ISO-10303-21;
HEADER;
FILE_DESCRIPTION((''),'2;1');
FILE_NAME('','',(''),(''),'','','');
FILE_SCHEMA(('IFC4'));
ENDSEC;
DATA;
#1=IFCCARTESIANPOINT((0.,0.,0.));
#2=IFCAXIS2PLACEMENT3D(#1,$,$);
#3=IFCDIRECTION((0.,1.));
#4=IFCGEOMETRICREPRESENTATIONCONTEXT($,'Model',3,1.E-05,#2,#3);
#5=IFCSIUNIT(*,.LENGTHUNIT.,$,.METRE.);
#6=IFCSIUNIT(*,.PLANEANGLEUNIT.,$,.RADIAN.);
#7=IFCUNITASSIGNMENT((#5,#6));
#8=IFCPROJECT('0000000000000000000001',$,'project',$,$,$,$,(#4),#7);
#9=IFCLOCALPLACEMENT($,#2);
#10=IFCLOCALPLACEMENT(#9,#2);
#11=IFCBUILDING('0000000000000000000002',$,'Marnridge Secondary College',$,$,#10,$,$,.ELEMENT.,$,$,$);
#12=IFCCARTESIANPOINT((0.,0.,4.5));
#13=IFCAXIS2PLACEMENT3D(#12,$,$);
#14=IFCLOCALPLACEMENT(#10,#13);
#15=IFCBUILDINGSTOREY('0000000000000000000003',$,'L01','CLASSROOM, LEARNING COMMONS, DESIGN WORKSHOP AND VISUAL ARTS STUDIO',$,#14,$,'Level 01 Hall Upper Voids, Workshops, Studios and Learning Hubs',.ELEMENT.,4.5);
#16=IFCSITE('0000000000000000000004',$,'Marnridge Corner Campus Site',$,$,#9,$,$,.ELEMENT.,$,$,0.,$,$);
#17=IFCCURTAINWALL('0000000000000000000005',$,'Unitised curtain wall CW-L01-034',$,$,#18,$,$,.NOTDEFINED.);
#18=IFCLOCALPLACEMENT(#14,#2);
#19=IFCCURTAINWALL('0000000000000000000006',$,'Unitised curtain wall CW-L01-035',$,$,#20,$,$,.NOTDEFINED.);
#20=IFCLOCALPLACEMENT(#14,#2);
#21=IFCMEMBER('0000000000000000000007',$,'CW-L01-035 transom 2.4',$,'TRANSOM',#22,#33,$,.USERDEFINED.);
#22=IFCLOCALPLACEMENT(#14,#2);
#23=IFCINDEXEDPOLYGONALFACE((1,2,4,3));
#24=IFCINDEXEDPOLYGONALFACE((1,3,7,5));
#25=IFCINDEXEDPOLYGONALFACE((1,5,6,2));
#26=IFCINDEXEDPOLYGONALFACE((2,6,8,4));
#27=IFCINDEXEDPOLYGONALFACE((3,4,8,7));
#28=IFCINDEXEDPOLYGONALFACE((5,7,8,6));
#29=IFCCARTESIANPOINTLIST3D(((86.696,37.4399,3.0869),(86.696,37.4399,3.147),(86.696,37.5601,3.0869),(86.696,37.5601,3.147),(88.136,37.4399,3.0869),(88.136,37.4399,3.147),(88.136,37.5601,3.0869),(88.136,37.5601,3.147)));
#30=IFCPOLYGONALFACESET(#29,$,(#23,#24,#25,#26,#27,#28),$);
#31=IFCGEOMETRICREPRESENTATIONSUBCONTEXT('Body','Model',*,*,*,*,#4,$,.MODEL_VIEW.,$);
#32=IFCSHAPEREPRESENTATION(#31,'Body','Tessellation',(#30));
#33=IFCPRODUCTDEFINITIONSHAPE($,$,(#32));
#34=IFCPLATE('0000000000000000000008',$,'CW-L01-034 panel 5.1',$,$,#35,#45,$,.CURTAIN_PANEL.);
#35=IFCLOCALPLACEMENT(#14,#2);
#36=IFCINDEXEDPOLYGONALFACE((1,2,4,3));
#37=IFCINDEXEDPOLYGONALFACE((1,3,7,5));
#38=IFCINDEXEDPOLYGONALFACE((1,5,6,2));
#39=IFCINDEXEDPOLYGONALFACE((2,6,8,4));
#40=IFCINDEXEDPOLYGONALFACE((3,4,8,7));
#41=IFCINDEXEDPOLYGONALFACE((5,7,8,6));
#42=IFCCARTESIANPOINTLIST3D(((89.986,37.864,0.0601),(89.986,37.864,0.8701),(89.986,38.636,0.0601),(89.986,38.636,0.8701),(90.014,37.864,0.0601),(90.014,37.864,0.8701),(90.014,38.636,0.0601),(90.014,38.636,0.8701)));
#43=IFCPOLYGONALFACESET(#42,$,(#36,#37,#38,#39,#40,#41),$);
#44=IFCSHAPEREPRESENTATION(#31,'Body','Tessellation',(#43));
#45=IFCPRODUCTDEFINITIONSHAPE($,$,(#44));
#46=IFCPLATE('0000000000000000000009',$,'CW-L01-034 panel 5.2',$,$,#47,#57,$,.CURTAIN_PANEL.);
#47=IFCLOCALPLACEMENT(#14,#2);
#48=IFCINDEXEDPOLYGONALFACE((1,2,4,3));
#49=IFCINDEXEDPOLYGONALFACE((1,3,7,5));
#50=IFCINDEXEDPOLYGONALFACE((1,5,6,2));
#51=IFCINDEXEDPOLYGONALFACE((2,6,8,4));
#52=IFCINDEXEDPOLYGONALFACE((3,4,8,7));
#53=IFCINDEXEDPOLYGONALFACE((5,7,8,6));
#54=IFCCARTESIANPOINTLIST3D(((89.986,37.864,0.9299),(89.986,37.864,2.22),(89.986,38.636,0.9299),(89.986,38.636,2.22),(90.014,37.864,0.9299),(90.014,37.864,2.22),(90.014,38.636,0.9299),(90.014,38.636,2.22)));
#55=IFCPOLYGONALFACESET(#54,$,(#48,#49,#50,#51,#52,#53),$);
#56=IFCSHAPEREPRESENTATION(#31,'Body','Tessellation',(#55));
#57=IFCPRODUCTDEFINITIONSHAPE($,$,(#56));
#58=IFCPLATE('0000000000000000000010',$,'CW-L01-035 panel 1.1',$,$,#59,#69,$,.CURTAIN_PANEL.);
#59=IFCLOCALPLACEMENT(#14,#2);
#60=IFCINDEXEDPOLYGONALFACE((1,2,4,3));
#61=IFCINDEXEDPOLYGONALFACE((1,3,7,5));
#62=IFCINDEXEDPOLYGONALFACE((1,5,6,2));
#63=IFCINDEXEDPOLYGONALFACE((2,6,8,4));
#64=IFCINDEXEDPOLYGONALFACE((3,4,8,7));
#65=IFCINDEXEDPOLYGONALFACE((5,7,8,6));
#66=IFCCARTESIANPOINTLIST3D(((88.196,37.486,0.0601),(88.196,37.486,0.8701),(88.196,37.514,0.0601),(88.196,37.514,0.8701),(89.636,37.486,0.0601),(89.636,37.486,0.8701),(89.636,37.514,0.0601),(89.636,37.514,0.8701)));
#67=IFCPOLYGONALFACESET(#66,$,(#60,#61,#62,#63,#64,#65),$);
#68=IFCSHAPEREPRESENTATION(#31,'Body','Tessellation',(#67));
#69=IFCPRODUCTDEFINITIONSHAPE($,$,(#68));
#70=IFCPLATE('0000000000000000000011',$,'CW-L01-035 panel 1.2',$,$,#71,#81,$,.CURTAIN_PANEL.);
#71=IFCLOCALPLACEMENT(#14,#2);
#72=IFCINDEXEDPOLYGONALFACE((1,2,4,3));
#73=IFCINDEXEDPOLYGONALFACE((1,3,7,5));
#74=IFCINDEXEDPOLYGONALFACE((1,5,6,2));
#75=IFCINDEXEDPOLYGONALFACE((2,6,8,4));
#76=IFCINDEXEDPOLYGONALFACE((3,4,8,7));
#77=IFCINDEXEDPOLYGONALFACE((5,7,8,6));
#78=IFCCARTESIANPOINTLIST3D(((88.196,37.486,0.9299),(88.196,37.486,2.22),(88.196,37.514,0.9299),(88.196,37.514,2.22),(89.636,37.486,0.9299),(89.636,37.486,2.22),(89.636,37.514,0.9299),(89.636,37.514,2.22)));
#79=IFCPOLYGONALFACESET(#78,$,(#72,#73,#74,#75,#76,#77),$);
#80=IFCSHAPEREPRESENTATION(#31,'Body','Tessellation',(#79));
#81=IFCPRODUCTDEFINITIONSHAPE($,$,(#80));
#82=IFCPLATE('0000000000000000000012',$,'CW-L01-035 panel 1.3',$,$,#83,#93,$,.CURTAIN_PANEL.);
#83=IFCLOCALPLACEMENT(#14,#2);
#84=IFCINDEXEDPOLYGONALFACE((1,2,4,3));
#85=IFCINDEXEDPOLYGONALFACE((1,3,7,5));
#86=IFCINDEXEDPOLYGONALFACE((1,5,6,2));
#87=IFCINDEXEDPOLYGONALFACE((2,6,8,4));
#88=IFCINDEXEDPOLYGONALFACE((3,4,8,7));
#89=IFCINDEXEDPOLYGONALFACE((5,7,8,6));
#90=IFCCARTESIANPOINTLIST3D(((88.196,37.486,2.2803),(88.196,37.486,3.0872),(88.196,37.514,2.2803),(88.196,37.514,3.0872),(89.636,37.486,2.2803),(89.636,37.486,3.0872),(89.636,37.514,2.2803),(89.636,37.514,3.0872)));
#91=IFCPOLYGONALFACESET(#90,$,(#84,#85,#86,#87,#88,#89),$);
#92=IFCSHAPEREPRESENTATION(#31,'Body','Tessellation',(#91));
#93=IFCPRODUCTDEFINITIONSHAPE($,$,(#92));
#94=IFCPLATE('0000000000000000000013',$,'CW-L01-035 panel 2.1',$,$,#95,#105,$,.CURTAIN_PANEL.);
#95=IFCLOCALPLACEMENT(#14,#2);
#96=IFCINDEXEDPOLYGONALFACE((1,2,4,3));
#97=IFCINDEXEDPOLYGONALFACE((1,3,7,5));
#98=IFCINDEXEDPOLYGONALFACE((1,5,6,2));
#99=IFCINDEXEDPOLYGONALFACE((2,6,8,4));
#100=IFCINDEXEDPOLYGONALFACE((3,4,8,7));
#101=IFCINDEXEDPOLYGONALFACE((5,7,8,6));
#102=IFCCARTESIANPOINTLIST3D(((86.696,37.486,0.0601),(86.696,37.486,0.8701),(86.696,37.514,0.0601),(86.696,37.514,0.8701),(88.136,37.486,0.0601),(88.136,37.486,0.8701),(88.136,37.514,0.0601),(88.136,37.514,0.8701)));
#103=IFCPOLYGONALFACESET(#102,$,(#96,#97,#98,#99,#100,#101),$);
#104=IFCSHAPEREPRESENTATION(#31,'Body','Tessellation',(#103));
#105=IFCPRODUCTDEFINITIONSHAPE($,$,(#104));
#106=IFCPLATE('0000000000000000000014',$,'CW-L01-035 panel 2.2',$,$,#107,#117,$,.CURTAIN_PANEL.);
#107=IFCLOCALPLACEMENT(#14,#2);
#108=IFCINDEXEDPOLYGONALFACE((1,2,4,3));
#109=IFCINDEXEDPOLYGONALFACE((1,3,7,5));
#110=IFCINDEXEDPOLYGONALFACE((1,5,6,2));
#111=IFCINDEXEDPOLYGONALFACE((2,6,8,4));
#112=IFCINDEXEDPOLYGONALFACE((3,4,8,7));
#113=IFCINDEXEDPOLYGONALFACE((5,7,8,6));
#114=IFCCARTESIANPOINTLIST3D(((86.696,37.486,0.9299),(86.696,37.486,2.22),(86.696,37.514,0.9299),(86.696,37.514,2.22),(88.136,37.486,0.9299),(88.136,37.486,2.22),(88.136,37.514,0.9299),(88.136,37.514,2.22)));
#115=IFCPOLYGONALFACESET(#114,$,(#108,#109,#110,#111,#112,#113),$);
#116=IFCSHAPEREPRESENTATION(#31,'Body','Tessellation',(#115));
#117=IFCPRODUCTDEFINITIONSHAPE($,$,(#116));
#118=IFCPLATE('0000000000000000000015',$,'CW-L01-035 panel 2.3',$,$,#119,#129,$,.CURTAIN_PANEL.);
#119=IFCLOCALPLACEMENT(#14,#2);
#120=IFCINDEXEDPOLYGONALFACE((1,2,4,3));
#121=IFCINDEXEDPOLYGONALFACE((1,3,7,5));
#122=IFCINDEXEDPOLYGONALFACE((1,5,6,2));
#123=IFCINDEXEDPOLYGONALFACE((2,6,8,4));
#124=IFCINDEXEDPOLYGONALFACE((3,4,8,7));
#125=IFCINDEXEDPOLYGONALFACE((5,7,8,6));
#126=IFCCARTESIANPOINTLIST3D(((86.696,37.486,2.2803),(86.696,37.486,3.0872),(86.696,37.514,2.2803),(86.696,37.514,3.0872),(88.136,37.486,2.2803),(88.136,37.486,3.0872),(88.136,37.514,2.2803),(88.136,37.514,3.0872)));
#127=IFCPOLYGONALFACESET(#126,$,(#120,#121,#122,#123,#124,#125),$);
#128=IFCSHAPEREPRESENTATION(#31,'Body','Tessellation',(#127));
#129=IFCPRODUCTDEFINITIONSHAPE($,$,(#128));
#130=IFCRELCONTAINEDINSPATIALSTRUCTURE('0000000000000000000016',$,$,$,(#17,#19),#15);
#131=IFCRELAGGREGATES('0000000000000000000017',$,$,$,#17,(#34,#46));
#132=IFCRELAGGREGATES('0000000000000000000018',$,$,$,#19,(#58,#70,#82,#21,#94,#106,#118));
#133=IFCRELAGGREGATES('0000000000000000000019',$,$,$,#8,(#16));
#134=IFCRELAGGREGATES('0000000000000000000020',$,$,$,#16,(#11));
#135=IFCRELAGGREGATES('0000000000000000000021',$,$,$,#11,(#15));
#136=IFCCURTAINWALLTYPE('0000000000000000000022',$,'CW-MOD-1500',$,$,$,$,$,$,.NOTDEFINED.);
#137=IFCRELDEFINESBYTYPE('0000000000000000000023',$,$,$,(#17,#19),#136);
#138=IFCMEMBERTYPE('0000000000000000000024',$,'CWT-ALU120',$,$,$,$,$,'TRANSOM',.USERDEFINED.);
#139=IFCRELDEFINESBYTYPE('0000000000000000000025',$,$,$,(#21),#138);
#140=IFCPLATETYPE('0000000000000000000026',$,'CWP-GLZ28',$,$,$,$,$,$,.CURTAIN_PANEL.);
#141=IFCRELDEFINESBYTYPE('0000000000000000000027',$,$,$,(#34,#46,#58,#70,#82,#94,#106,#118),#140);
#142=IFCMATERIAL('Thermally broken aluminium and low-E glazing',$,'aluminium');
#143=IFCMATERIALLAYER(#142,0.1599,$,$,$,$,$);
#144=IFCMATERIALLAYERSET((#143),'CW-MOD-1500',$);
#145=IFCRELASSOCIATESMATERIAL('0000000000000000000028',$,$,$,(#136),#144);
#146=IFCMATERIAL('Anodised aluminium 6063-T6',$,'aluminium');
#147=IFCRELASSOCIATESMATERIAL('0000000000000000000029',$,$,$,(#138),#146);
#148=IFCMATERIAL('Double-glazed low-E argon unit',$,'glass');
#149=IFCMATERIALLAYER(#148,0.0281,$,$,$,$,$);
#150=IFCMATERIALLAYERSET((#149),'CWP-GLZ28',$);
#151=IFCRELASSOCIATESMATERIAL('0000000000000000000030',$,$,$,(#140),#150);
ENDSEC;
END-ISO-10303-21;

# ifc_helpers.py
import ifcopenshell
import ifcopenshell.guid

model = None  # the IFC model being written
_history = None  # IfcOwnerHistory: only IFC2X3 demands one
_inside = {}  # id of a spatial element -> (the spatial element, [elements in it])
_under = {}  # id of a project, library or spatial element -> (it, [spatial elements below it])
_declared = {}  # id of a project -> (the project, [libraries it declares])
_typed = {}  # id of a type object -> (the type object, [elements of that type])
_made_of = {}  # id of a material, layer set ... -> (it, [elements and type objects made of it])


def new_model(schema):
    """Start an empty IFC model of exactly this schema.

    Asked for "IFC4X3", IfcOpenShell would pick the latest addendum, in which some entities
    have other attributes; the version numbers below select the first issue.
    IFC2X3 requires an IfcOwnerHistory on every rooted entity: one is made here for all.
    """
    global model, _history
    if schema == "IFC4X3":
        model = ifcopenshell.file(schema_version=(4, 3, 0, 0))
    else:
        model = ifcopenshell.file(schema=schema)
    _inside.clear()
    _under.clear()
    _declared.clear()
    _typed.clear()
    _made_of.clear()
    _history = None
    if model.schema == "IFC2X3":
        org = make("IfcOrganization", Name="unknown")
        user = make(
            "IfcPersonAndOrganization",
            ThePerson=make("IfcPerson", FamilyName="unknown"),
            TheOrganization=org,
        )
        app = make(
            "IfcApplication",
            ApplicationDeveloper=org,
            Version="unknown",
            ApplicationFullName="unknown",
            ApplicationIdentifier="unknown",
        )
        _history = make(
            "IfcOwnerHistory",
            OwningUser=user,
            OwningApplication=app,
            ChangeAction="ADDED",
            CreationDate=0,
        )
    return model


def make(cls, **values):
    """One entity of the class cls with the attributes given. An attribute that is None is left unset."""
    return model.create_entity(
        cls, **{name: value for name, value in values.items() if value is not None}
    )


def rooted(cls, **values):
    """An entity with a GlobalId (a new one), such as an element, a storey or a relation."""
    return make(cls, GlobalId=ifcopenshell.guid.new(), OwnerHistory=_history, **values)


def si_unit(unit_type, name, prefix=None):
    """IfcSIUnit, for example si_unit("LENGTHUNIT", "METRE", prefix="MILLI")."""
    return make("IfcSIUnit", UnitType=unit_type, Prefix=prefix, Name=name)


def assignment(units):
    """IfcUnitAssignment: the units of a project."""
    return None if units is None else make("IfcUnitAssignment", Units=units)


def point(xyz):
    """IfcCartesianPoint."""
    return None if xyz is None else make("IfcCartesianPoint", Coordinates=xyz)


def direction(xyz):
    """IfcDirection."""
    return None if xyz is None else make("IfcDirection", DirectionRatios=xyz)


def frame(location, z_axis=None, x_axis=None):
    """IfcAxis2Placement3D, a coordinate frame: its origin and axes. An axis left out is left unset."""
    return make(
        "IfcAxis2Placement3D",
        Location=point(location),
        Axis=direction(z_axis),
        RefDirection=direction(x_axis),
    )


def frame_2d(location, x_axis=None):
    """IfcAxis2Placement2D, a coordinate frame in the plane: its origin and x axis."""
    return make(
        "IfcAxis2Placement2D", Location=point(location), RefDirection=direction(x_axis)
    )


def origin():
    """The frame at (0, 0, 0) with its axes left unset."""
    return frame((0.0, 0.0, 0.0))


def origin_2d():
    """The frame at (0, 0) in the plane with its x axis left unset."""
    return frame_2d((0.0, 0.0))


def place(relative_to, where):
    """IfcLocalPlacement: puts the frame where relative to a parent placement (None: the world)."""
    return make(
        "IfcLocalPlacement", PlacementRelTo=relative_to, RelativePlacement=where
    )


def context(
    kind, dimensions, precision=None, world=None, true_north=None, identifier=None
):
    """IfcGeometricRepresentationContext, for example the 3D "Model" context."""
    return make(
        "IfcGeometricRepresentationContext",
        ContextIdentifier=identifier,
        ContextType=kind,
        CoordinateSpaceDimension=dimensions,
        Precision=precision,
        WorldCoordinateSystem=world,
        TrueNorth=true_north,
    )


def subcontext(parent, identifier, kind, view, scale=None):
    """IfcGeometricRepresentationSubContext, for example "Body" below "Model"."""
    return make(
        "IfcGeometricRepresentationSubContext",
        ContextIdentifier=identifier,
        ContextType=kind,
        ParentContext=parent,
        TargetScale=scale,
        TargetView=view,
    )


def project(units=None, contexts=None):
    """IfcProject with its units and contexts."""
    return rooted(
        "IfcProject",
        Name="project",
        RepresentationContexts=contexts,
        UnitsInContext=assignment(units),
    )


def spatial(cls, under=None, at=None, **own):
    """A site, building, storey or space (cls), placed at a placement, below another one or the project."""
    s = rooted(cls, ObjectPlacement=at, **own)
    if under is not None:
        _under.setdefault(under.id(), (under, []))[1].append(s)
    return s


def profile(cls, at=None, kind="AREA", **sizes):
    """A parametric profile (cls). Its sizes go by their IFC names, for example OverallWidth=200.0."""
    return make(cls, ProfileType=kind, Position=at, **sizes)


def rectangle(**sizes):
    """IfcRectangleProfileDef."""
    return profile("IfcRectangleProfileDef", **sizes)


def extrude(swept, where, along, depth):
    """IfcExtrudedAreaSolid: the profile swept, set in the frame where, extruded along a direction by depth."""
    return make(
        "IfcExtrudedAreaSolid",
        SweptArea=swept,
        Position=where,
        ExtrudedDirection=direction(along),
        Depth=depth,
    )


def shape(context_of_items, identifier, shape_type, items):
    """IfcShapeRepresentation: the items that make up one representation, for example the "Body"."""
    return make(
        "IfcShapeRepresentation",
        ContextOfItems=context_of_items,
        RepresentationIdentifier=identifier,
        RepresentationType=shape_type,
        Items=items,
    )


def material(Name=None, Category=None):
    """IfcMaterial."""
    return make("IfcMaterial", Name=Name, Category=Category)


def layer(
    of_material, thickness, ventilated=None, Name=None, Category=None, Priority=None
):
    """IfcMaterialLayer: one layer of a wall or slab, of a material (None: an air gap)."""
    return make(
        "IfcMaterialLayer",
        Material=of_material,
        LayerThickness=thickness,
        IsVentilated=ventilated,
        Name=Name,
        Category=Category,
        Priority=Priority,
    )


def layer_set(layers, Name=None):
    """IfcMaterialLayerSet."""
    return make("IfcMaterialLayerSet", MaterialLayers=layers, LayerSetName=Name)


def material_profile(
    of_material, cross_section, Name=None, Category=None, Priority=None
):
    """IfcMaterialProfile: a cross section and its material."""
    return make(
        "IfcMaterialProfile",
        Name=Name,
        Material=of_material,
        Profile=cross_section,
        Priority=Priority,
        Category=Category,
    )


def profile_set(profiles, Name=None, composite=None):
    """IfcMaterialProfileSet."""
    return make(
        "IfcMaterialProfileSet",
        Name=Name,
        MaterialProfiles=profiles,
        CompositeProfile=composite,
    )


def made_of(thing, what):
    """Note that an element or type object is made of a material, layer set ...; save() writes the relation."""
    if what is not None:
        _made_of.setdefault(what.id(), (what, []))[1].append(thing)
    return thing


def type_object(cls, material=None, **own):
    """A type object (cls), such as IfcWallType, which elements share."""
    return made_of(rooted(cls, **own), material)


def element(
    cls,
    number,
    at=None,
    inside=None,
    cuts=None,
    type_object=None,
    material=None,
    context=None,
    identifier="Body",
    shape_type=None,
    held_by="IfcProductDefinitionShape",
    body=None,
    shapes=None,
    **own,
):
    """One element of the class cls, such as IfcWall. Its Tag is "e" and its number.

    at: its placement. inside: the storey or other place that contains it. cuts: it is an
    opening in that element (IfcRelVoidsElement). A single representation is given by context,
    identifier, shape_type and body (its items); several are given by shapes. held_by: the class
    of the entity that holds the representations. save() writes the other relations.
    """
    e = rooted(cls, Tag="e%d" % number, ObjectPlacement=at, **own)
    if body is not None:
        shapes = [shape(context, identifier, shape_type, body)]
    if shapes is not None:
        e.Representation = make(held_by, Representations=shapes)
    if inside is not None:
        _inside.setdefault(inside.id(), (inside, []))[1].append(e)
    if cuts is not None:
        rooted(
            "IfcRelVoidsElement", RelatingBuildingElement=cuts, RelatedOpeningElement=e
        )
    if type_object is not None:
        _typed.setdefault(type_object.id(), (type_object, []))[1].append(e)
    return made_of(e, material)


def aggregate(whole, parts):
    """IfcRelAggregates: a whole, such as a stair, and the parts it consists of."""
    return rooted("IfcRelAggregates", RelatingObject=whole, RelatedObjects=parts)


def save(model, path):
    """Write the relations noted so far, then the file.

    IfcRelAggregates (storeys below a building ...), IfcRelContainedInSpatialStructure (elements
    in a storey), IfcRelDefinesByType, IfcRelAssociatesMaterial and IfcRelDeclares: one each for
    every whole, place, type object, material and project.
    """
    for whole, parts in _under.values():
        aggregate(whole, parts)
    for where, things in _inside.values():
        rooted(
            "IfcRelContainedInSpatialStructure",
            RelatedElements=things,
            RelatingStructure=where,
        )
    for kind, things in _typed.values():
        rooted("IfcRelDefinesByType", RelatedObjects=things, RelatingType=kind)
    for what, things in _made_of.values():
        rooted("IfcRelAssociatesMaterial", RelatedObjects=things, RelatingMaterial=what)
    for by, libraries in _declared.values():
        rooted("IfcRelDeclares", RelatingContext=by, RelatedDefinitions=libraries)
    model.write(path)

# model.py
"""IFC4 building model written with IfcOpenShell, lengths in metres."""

from ifc_helpers import new_model, si_unit, direction, frame, origin, origin_2d, place, context, subcontext, project, spatial, rectangle, extrude, material, layer, layer_set, material_profile, profile_set, type_object, element, aggregate, save


model = new_model("IFC4")

# Units and contexts
model_context = context("Model", 3, precision=1e-05, world=origin(), true_north=direction((0.0, 1.0)))
body_context = subcontext(model_context, "Body", "Model", "MODEL_VIEW")
ifc_project = project(units=[si_unit("LENGTHUNIT", "METRE"), si_unit("PLANEANGLEUNIT", "RADIAN")], contexts=[model_context])

# Site, building, storey
site_placement = place(None, origin())
site = spatial("IfcSite", under=ifc_project, at=site_placement, Name="Marnridge Corner Campus Site", CompositionType="ELEMENT", RefElevation=0.0)
building_placement = place(site_placement, origin())
building = spatial("IfcBuilding", under=site, at=building_placement, Name="Marnridge Secondary College", CompositionType="ELEMENT")
storey_placement = place(building_placement, frame((0.0, 0.0, 4.5)))
storey = spatial("IfcBuildingStorey", under=building, at=storey_placement, Name="L01", Description="CLASSROOM, LEARNING COMMONS, DESIGN WORKSHOP AND VISUAL ARTS STUDIO", LongName="Level 01 Hall Upper Voids, Workshops, Studios and Learning Hubs", CompositionType="ELEMENT", Elevation=4.5)

# Curtain wall
ifc_material_1 = material(Name="Thermally broken aluminium and low-E glazing", Category="aluminium")
ifc_layer_1 = layer(ifc_material_1, 0.1599)
ifc_layer_set_1 = layer_set([ifc_layer_1], Name="CW-MOD-1500")
curtain_wall_type = type_object("IfcCurtainWallType", Name="CW-MOD-1500", PredefinedType="NOTDEFINED", material=ifc_layer_set_1)
curtain_wall_1_placement = place(storey_placement, origin())
curtain_wall_1 = element("IfcCurtainWall", 1, at=curtain_wall_1_placement, inside=storey, type_object=curtain_wall_type, Name="Unitised curtain wall CW-L01-034", PredefinedType="NOTDEFINED")

# Curtain wall, member
curtain_wall_2_placement = place(storey_placement, origin())
curtain_wall_2 = element("IfcCurtainWall", 2, at=curtain_wall_2_placement, inside=storey, type_object=curtain_wall_type, Name="Unitised curtain wall CW-L01-035", PredefinedType="NOTDEFINED")
ifc_material_2 = material(Name="Anodised aluminium 6063-T6", Category="aluminium")
ifc_material_profile_1 = material_profile(ifc_material_2, rectangle(XDim=0.0601, YDim=0.1201, at=origin_2d()), Name="ALU 60x120")
ifc_profile_set_1 = profile_set([ifc_material_profile_1], Name="Anodised aluminium 6063-T6")
member_type_1 = type_object("IfcMemberType", Name="CWT-ALU120", ElementType="TRANSOM", PredefinedType="USERDEFINED", material=ifc_profile_set_1)
member_1_placement = place(storey_placement, frame((88.136, 37.5, 3.1169), z_axis=(-1.0, 0.0, 0.0), x_axis=(0.0, 0.0, 1.0)))
member_1 = element("IfcMember", 3, at=member_1_placement, type_object=member_type_1, Name="CW-L01-035 transom 2.4", ObjectType="TRANSOM", PredefinedType="USERDEFINED", context=body_context, shape_type="SweptSolid", body=[
    extrude(rectangle(XDim=0.0601, YDim=0.1201, at=origin_2d()), origin(), (0.0, 0.0, 1.0), 1.4399),
])

# Plates
ifc_material_3 = material(Name="Double-glazed low-E argon unit", Category="glass")
ifc_layer_2 = layer(ifc_material_3, 0.0281)
ifc_layer_set_2 = layer_set([ifc_layer_2], Name="CWP-GLZ28")
plate_type = type_object("IfcPlateType", Name="CWP-GLZ28", PredefinedType="CURTAIN_PANEL", material=ifc_layer_set_2)
plate_1_placement = place(storey_placement, frame((90.0, 38.25, 0.0601), z_axis=(0.0, 0.0, 1.0), x_axis=(0.0, -1.0, 0.0)))
plate_1 = element("IfcPlate", 4, at=plate_1_placement, type_object=plate_type, Name="CW-L01-034 panel 5.1", PredefinedType="CURTAIN_PANEL", context=body_context, shape_type="SweptSolid", body=[
    extrude(rectangle(XDim=0.772, YDim=0.0281, at=origin_2d()), origin(), (0.0, 0.0, 1.0), 0.8101),
])
plate_2_placement = place(storey_placement, frame((90.0, 38.25, 0.9299), z_axis=(0.0, 0.0, 1.0), x_axis=(0.0, -1.0, 0.0)))
plate_2 = element("IfcPlate", 5, at=plate_2_placement, type_object=plate_type, Name="CW-L01-034 panel 5.2", PredefinedType="CURTAIN_PANEL", context=body_context, shape_type="SweptSolid", body=[
    extrude(rectangle(XDim=0.772, YDim=0.0281, at=origin_2d()), origin(), (0.0, 0.0, 1.0), 1.29),
])
aggregate(curtain_wall_1, [plate_1, plate_2])
plate_3_placement = place(storey_placement, frame((88.916, 37.5, 0.0601), z_axis=(0.0, 0.0, 1.0), x_axis=(-1.0, 0.0, 0.0)))
plate_3 = element("IfcPlate", 6, at=plate_3_placement, type_object=plate_type, Name="CW-L01-035 panel 1.1", PredefinedType="CURTAIN_PANEL", context=body_context, shape_type="SweptSolid", body=[
    extrude(rectangle(XDim=1.4399, YDim=0.0281, at=origin_2d()), origin(), (0.0, 0.0, 1.0), 0.8101),
])
plate_4_placement = place(storey_placement, frame((88.916, 37.5, 0.9299), z_axis=(0.0, 0.0, 1.0), x_axis=(-1.0, 0.0, 0.0)))
plate_4 = element("IfcPlate", 7, at=plate_4_placement, type_object=plate_type, Name="CW-L01-035 panel 1.2", PredefinedType="CURTAIN_PANEL", context=body_context, shape_type="SweptSolid", body=[
    extrude(rectangle(XDim=1.4399, YDim=0.0281, at=origin_2d()), origin(), (0.0, 0.0, 1.0), 1.29),
])
plate_5_placement = place(storey_placement, frame((88.916, 37.5, 2.2803), z_axis=(0.0, 0.0, 1.0), x_axis=(-1.0, 0.0, 0.0)))
plate_5 = element("IfcPlate", 8, at=plate_5_placement, type_object=plate_type, Name="CW-L01-035 panel 1.3", PredefinedType="CURTAIN_PANEL", context=body_context, shape_type="SweptSolid", body=[
    extrude(rectangle(XDim=1.4399, YDim=0.0281, at=origin_2d()), origin(), (0.0, 0.0, 1.0), 0.8069),
])
plate_6_placement = place(storey_placement, frame((87.416, 37.5, 0.0601), z_axis=(0.0, 0.0, 1.0), x_axis=(-1.0, 0.0, 0.0)))
plate_6 = element("IfcPlate", 9, at=plate_6_placement, type_object=plate_type, Name="CW-L01-035 panel 2.1", PredefinedType="CURTAIN_PANEL", context=body_context, shape_type="SweptSolid", body=[
    extrude(rectangle(XDim=1.4399, YDim=0.0281, at=origin_2d()), origin(), (0.0, 0.0, 1.0), 0.8101),
])
plate_7_placement = place(storey_placement, frame((87.416, 37.5, 0.9299), z_axis=(0.0, 0.0, 1.0), x_axis=(-1.0, 0.0, 0.0)))
plate_7 = element("IfcPlate", 10, at=plate_7_placement, type_object=plate_type, Name="CW-L01-035 panel 2.2", PredefinedType="CURTAIN_PANEL", context=body_context, shape_type="SweptSolid", body=[
    extrude(rectangle(XDim=1.4399, YDim=0.0281, at=origin_2d()), origin(), (0.0, 0.0, 1.0), 1.29),
])
plate_8_placement = place(storey_placement, frame((87.416, 37.5, 2.2803), z_axis=(0.0, 0.0, 1.0), x_axis=(-1.0, 0.0, 0.0)))
plate_8 = element("IfcPlate", 11, at=plate_8_placement, type_object=plate_type, Name="CW-L01-035 panel 2.3", PredefinedType="CURTAIN_PANEL", context=body_context, shape_type="SweptSolid", body=[
    extrude(rectangle(XDim=1.4399, YDim=0.0281, at=origin_2d()), origin(), (0.0, 0.0, 1.0), 0.8069),
])
aggregate(curtain_wall_2, [plate_3, plate_4, plate_5, member_1, plate_6, plate_7, plate_8])

save(model, "model.ifc")
